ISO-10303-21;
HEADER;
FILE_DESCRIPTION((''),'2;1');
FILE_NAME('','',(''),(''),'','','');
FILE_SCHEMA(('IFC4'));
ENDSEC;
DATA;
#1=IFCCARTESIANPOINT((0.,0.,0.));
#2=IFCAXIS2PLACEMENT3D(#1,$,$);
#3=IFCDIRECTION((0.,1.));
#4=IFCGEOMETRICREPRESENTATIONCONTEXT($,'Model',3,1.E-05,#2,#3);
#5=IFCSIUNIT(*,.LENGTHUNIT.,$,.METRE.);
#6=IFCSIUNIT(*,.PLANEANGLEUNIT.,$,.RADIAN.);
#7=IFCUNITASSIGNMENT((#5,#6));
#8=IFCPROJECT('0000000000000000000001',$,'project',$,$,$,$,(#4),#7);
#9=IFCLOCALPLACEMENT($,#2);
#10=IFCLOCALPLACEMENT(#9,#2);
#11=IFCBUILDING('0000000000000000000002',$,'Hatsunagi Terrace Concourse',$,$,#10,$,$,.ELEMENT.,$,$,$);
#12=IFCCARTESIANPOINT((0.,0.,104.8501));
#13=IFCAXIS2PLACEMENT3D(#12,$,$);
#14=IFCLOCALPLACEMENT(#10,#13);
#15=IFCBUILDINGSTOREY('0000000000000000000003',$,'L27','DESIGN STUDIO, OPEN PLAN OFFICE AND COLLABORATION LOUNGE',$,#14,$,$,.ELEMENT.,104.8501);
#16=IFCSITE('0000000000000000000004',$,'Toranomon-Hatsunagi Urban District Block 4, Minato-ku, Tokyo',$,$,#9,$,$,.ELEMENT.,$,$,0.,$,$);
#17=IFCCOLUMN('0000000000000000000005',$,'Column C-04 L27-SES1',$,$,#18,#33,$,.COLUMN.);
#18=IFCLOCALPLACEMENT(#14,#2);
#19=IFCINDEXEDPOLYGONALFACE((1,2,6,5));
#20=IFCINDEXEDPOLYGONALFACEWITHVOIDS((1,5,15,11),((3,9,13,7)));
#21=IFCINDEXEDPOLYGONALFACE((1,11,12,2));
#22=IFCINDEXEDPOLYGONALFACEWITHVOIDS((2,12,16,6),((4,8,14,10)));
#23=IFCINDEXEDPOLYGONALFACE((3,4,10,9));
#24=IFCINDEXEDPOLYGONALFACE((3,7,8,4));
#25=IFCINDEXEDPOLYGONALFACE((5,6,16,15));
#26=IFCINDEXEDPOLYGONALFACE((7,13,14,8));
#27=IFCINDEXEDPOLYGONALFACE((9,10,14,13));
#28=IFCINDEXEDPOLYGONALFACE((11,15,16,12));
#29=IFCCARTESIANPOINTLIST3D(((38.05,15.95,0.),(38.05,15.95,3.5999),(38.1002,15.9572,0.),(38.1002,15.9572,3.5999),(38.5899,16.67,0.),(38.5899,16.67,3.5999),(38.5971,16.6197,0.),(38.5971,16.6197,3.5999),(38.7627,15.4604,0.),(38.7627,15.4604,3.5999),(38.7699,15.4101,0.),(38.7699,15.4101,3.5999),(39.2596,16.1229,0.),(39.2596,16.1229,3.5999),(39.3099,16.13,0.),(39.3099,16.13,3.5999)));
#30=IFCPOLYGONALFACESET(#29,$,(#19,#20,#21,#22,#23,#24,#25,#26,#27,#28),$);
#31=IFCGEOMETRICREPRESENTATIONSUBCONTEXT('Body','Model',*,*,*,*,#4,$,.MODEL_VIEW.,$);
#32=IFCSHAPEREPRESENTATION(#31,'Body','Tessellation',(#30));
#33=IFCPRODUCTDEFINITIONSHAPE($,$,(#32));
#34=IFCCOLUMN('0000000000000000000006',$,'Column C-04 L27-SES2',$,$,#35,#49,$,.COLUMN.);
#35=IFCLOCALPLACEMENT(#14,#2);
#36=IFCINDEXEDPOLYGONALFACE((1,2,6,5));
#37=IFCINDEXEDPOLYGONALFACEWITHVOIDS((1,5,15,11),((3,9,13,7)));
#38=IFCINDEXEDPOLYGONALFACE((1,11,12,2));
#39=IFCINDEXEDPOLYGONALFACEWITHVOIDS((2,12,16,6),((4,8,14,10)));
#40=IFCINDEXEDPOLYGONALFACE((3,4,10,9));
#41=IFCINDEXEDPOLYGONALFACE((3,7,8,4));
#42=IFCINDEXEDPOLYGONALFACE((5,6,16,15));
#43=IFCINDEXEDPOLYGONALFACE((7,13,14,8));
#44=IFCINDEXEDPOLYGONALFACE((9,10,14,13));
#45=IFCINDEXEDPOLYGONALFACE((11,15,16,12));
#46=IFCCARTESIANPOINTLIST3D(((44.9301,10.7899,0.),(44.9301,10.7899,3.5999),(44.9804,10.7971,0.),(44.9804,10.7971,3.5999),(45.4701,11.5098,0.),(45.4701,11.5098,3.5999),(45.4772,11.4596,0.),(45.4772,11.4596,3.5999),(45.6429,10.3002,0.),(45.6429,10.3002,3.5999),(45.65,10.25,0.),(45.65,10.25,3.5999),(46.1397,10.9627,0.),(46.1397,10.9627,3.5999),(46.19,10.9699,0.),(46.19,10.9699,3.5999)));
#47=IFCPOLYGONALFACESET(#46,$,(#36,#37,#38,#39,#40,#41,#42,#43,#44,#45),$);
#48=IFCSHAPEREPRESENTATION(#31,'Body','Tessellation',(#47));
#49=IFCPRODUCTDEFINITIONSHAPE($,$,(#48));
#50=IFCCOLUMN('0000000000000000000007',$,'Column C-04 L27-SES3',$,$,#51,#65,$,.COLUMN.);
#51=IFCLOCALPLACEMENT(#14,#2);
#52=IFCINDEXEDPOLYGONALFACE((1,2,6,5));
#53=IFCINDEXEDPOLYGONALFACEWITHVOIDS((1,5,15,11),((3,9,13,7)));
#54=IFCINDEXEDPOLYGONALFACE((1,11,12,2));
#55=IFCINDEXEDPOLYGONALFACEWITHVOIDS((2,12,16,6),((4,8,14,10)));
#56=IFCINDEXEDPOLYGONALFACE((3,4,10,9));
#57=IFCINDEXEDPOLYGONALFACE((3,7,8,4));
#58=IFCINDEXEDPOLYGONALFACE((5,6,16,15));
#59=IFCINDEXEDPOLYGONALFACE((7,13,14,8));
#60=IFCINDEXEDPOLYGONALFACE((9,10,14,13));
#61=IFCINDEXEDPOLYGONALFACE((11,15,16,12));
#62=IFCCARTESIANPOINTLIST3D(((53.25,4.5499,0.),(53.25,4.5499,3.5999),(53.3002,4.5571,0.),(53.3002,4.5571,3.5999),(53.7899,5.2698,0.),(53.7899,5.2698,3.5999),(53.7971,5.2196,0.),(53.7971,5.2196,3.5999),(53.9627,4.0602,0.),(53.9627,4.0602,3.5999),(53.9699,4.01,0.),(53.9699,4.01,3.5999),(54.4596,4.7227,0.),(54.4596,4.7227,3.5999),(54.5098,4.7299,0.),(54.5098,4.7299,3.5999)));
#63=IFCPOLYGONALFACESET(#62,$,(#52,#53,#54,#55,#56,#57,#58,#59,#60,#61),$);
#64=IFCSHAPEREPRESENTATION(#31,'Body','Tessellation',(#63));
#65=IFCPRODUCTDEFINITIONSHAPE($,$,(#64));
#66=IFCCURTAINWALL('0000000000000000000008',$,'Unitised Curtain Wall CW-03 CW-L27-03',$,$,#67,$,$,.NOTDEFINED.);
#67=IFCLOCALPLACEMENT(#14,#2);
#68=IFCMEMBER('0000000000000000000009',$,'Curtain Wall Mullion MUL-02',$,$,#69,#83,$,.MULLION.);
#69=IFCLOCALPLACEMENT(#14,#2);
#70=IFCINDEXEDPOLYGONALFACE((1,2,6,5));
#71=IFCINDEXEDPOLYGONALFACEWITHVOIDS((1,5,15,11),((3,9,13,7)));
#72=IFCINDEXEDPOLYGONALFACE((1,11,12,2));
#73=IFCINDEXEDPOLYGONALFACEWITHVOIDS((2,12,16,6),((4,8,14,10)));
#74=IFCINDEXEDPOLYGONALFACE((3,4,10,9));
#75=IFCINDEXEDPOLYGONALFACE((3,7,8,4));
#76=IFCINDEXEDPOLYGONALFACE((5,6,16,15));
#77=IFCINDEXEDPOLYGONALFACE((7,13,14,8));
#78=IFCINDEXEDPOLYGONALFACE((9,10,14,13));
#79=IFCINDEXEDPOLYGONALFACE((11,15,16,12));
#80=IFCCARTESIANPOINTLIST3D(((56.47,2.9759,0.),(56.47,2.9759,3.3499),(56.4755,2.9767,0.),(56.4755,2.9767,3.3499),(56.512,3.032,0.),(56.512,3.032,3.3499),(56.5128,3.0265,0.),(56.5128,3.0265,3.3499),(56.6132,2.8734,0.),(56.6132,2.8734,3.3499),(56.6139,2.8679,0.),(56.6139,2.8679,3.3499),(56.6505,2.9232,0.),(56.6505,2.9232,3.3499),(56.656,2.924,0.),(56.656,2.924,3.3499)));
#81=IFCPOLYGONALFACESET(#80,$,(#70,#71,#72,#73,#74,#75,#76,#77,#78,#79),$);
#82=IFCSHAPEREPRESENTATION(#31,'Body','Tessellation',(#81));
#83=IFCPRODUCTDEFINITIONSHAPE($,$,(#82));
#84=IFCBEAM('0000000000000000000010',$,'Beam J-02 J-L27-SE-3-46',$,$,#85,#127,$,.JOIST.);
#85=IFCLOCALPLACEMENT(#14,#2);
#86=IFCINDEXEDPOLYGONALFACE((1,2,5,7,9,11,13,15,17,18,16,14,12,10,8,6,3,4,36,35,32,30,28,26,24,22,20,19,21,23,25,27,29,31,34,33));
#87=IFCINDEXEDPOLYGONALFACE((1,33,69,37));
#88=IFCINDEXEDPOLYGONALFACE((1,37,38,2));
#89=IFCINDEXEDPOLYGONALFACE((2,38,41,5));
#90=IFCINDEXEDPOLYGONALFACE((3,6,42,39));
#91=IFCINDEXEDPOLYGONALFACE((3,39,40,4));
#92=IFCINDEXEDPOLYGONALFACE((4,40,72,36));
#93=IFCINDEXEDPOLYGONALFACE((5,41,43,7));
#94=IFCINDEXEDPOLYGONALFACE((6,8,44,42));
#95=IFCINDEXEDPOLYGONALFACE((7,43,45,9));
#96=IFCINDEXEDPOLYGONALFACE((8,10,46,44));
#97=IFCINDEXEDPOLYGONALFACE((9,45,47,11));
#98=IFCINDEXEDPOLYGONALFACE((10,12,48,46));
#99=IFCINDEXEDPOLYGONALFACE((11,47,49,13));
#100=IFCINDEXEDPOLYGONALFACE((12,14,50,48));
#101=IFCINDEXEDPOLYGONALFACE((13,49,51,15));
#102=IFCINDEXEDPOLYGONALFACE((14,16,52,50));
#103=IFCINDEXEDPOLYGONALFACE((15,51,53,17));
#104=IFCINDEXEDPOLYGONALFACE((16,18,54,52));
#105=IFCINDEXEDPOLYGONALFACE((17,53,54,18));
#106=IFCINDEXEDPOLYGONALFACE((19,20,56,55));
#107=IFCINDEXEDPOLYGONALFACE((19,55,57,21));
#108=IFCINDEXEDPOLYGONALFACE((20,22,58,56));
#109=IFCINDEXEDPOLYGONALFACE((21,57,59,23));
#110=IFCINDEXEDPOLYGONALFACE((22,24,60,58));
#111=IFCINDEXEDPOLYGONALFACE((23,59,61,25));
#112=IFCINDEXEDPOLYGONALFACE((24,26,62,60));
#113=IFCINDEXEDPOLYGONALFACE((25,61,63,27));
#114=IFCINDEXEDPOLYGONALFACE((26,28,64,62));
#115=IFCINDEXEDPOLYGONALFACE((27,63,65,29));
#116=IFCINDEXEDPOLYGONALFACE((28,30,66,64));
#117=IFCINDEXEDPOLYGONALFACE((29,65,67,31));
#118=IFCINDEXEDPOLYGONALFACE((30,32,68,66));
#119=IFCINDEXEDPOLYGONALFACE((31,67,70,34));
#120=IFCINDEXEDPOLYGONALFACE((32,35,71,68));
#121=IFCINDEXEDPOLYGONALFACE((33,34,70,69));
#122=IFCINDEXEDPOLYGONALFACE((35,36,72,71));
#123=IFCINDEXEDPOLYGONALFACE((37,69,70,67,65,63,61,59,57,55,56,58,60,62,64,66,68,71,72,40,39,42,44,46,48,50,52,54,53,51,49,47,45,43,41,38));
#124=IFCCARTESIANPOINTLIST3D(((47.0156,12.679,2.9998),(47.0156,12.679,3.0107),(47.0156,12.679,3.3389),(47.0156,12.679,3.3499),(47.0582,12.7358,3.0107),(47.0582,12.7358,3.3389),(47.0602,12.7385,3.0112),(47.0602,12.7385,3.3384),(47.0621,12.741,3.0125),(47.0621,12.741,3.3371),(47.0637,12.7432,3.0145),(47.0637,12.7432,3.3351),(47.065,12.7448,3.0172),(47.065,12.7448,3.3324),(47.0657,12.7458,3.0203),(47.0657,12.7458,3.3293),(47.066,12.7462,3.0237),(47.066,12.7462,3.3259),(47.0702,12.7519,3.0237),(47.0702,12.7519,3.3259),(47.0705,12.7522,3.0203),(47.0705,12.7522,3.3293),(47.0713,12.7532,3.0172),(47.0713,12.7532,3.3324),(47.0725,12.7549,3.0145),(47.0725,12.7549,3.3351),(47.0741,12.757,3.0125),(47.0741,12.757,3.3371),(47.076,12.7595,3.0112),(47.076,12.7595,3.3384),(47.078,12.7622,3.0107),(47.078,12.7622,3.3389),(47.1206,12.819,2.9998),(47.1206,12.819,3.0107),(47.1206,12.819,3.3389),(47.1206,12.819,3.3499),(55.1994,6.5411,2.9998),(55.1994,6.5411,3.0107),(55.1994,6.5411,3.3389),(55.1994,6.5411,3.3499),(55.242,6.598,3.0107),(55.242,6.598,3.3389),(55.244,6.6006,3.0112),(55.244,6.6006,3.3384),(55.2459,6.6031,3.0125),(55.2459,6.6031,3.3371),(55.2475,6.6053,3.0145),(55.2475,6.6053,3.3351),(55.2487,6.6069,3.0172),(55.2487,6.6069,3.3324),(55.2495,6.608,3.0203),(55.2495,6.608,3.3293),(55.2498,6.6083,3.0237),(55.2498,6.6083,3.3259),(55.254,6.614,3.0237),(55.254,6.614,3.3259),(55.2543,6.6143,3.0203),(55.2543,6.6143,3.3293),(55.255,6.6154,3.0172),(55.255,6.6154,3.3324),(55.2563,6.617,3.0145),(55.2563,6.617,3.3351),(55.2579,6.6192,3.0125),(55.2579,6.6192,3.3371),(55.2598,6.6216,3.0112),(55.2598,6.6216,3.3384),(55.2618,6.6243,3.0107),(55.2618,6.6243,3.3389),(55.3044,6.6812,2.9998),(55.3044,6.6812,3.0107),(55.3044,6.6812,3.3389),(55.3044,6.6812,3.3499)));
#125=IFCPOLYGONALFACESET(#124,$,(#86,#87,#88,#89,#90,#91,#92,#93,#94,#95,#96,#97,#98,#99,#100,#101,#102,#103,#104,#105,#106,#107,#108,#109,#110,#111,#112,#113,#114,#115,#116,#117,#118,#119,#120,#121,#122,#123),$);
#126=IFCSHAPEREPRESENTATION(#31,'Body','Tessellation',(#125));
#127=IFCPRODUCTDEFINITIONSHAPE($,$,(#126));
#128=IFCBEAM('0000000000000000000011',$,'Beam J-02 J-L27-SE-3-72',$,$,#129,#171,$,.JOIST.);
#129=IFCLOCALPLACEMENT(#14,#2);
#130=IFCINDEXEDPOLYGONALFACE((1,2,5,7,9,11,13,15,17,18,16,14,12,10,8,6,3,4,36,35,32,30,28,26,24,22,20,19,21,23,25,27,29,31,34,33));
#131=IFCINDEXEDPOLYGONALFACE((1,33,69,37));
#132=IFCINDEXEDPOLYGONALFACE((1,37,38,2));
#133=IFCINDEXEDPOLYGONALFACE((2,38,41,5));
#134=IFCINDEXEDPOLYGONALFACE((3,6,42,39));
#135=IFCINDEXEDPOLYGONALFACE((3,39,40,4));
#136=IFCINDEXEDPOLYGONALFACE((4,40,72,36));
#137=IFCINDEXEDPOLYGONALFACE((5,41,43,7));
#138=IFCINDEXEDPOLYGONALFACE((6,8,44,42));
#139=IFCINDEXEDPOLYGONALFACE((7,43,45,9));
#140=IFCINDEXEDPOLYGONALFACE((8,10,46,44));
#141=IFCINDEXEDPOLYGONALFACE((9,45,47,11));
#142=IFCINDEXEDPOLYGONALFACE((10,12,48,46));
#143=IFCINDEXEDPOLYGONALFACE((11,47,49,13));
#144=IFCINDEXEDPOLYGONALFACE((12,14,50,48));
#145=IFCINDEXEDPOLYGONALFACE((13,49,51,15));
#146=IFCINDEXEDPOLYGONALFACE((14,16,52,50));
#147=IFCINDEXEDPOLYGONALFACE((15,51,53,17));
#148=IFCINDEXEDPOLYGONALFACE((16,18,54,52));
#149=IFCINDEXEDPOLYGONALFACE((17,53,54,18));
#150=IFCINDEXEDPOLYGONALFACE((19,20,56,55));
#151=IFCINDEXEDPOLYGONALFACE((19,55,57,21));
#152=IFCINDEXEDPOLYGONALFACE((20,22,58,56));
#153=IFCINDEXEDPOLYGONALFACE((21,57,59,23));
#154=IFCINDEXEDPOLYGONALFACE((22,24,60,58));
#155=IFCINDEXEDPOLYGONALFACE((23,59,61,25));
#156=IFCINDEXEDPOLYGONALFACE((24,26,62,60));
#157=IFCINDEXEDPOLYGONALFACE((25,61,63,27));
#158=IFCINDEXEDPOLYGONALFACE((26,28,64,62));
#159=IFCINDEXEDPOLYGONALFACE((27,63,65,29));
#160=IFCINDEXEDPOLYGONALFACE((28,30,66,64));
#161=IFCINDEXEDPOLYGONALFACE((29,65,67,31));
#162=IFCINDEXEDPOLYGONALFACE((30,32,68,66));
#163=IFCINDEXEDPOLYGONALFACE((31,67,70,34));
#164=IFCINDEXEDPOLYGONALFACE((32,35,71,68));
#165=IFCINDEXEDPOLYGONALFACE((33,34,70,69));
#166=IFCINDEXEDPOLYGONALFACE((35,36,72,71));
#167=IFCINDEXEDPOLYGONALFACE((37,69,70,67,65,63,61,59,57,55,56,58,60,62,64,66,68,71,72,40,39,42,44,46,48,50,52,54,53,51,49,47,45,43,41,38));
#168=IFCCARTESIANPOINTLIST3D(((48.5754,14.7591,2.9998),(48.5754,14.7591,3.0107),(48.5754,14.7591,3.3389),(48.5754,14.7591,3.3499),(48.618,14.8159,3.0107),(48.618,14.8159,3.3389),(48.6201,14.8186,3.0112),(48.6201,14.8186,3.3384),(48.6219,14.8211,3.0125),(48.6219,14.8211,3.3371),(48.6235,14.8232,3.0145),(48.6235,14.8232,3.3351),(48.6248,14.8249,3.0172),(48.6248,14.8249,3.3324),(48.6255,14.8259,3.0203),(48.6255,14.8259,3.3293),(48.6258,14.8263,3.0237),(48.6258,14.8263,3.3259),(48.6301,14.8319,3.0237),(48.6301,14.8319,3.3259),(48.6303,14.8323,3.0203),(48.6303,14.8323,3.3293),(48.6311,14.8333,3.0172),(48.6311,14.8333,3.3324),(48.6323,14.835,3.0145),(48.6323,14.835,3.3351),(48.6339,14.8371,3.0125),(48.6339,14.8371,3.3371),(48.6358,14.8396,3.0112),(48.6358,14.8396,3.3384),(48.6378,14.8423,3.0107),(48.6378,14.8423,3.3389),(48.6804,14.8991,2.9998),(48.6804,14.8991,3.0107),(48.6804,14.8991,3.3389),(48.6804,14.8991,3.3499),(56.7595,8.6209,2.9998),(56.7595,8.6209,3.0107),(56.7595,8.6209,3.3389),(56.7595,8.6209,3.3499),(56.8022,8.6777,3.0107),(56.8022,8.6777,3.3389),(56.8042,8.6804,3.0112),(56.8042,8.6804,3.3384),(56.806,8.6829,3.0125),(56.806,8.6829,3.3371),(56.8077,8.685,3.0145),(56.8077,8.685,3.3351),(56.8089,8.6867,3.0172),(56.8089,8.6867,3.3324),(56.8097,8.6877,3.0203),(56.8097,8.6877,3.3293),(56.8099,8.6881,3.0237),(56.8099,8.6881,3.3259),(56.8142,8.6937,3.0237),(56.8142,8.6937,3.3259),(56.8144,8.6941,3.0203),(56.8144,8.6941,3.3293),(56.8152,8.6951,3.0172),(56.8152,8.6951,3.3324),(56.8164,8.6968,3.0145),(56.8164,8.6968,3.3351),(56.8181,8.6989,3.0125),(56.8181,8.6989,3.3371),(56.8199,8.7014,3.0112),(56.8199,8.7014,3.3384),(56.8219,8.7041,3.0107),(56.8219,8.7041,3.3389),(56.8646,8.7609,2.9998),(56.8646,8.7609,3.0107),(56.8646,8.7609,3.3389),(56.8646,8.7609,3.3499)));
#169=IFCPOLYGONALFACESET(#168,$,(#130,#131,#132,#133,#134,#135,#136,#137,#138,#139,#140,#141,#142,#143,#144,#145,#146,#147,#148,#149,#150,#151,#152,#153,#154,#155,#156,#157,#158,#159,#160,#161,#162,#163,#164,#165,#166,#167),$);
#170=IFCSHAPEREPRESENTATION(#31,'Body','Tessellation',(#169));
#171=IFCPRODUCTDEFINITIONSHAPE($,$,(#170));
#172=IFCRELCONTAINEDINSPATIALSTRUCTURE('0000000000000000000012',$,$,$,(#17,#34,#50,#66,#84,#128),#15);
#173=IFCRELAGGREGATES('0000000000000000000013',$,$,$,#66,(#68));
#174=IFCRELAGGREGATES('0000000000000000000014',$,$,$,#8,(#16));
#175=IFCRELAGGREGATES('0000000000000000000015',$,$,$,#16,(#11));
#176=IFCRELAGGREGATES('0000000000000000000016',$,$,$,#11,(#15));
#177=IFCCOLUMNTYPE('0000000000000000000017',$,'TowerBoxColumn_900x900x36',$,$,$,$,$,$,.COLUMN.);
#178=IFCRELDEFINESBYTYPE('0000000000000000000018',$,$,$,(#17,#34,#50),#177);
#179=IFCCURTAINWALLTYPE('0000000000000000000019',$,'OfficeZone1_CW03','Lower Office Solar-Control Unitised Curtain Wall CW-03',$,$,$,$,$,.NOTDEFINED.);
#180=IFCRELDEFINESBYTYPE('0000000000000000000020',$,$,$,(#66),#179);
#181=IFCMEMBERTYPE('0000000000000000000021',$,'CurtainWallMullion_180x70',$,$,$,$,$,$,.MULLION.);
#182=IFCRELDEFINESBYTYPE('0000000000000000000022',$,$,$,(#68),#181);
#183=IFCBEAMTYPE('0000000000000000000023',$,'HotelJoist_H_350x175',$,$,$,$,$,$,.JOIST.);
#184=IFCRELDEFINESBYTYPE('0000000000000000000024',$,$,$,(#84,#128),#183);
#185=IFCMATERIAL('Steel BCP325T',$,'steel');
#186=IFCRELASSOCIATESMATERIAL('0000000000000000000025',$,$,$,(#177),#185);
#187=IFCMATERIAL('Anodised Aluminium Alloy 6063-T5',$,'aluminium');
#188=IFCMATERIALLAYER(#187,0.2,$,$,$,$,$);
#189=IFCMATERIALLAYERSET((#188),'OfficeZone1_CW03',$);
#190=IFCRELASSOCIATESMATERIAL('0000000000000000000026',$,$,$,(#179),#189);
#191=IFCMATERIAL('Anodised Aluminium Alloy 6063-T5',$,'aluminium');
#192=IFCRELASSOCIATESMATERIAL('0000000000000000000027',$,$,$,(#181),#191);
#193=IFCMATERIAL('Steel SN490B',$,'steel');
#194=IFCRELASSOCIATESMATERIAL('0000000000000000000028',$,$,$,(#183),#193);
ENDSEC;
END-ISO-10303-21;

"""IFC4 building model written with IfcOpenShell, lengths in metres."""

from ifc_helpers import new_model, si_unit, direction, frame, origin, origin_2d, place, context, subcontext, project, spatial, hollow_rectangle, i_section, extrude, material, layer, layer_set, material_profile, profile_set, type_object, element, aggregate, save


model = new_model("IFC4")

# Units and contexts
model_context = context("Model", 3, precision=1e-05, world=origin(), true_north=direction((0.0, 1.0)))
body_context = subcontext(model_context, "Body", "Model", "MODEL_VIEW")
ifc_project = project(units=[si_unit("LENGTHUNIT", "METRE"), si_unit("PLANEANGLEUNIT", "RADIAN")], contexts=[model_context])

# Site, building, storey
site_placement = place(None, origin())
site = spatial("IfcSite", under=ifc_project, at=site_placement, Name="Toranomon-Hatsunagi Urban District Block 4, Minato-ku, Tokyo", CompositionType="ELEMENT", RefElevation=0.0)
building_placement = place(site_placement, origin())
building = spatial("IfcBuilding", under=site, at=building_placement, Name="Hatsunagi Terrace Concourse", CompositionType="ELEMENT")
storey_placement = place(building_placement, frame((0.0, 0.0, 104.8501)))
storey = spatial("IfcBuildingStorey", under=building, at=storey_placement, Name="L27", Description="DESIGN STUDIO, OPEN PLAN OFFICE AND COLLABORATION LOUNGE", CompositionType="ELEMENT", Elevation=104.8501)

# Columns
ifc_material_1 = material(Name="Steel BCP325T", Category="steel")
ifc_material_profile_1 = material_profile(ifc_material_1, hollow_rectangle(XDim=0.8999, YDim=0.8999, WallThickness=0.0359, at=origin_2d()), Name="BCP-900x900x36")
ifc_profile_set_1 = profile_set([ifc_material_profile_1], Name="Steel BCP325T")
column_type = type_object("IfcColumnType", Name="TowerBoxColumn_900x900x36", PredefinedType="COLUMN", material=ifc_profile_set_1)
for number, where, z_axis, x_axis, name in (
    (1, (38.6799, 16.04, 0.0), (0.0, 0.0, 1.0), (0.8, -0.6, 0.0), "Column C-04 L27-SES1"),
    (2, (45.5601, 10.8799, 0.0), (0.0, 0.0, 1.0), (0.8, -0.6, 0.0), "Column C-04 L27-SES2"),
    (3, (53.8799, 4.6399, 0.0), (0.0, 0.0, 1.0), (0.8, -0.6, 0.0), "Column C-04 L27-SES3"),
):
    element("IfcColumn", number, at=place(storey_placement, frame(where, z_axis=z_axis, x_axis=x_axis)), inside=storey, type_object=column_type, Name=name, PredefinedType="COLUMN", context=body_context, shape_type="SweptSolid", body=[
        extrude(hollow_rectangle(XDim=0.8999, YDim=0.8999, WallThickness=0.0359, at=origin_2d()), origin(), (0.0, 0.0, 1.0), 3.5999),
    ])

# Curtain wall, member
ifc_material_2 = material(Name="Anodised Aluminium Alloy 6063-T5", Category="aluminium")
ifc_layer_1 = layer(ifc_material_2, 0.2)
ifc_layer_set_1 = layer_set([ifc_layer_1], Name="OfficeZone1_CW03")
curtain_wall_type = type_object("IfcCurtainWallType", Name="OfficeZone1_CW03", Description="Lower Office Solar-Control Unitised Curtain Wall CW-03", PredefinedType="NOTDEFINED", material=ifc_layer_set_1)
curtain_wall_placement = place(storey_placement, origin())
curtain_wall = element("IfcCurtainWall", 4, at=curtain_wall_placement, inside=storey, type_object=curtain_wall_type, Name="Unitised Curtain Wall CW-03 CW-L27-03", PredefinedType="NOTDEFINED")
ifc_material_3 = material(Name="Anodised Aluminium Alloy 6063-T5", Category="aluminium")
ifc_material_profile_2 = material_profile(ifc_material_3, hollow_rectangle(XDim=0.0701, YDim=0.1799, WallThickness=0.0039, at=origin_2d()), Name="ALU-MUL-180x70x4")
ifc_profile_set_2 = profile_set([ifc_material_profile_2], Name="Anodised Aluminium Alloy 6063-T5")
member_type = type_object("IfcMemberType", Name="CurtainWallMullion_180x70", PredefinedType="MULLION", material=ifc_profile_set_2)
member_placement = place(storey_placement, frame((56.563, 2.95, 0.0), z_axis=(0.0, 0.0, 1.0), x_axis=(-0.599969, -0.800023, 0.0)))
member = element("IfcMember", 5, at=member_placement, type_object=member_type, Name="Curtain Wall Mullion MUL-02", PredefinedType="MULLION", context=body_context, shape_type="SweptSolid", body=[
    extrude(hollow_rectangle(XDim=0.0701, YDim=0.1799, WallThickness=0.0039, at=origin_2d()), origin(), (0.0, 0.0, 1.0), 3.3499),
])
aggregate(curtain_wall, [member])

# Beams
ifc_material_4 = material(Name="Steel SN490B", Category="steel")
ifc_material_profile_3 = material_profile(ifc_material_4, i_section(OverallWidth=0.175, OverallDepth=0.3501, WebThickness=0.0071, FlangeThickness=0.011, FilletRadius=0.0129, at=origin_2d()), Name="H-350x175x7x11")
ifc_profile_set_3 = profile_set([ifc_material_profile_3], Name="Steel SN490B")
beam_type_1 = type_object("IfcBeamType", Name="HotelJoist_H_350x175", PredefinedType="JOIST", material=ifc_profile_set_3)
beam_1_placement = place(storey_placement, frame((47.0681, 12.749, 3.1748), z_axis=(0.799997, -0.600004, 0.0), x_axis=(0.600004, 0.799997, 0.0)))
element("IfcBeam", 6, at=beam_1_placement, inside=storey, type_object=beam_type_1, Name="Beam J-02 J-L27-SE-3-46", PredefinedType="JOIST", context=body_context, shape_type="SweptSolid", body=[
    extrude(i_section(OverallWidth=0.175, OverallDepth=0.3501, WebThickness=0.0071, FlangeThickness=0.011, FilletRadius=0.0129, at=origin_2d()), origin(), (0.0, 0.0, 1.0), 10.2297),
])
beam_2_placement = place(storey_placement, frame((48.6279, 14.8291, 3.1748), z_axis=(0.799994, -0.600008, 0.0), x_axis=(0.600008, 0.799994, 0.0)))
element("IfcBeam", 7, at=beam_2_placement, inside=storey, type_object=beam_type_1, Name="Beam J-02 J-L27-SE-3-72", PredefinedType="JOIST", context=body_context, shape_type="SweptSolid", body=[
    extrude(i_section(OverallWidth=0.175, OverallDepth=0.3501, WebThickness=0.0071, FlangeThickness=0.011, FilletRadius=0.0129, at=origin_2d()), origin(), (0.0, 0.0, 1.0), 10.2302),
])

save(model, "model.ifc")
